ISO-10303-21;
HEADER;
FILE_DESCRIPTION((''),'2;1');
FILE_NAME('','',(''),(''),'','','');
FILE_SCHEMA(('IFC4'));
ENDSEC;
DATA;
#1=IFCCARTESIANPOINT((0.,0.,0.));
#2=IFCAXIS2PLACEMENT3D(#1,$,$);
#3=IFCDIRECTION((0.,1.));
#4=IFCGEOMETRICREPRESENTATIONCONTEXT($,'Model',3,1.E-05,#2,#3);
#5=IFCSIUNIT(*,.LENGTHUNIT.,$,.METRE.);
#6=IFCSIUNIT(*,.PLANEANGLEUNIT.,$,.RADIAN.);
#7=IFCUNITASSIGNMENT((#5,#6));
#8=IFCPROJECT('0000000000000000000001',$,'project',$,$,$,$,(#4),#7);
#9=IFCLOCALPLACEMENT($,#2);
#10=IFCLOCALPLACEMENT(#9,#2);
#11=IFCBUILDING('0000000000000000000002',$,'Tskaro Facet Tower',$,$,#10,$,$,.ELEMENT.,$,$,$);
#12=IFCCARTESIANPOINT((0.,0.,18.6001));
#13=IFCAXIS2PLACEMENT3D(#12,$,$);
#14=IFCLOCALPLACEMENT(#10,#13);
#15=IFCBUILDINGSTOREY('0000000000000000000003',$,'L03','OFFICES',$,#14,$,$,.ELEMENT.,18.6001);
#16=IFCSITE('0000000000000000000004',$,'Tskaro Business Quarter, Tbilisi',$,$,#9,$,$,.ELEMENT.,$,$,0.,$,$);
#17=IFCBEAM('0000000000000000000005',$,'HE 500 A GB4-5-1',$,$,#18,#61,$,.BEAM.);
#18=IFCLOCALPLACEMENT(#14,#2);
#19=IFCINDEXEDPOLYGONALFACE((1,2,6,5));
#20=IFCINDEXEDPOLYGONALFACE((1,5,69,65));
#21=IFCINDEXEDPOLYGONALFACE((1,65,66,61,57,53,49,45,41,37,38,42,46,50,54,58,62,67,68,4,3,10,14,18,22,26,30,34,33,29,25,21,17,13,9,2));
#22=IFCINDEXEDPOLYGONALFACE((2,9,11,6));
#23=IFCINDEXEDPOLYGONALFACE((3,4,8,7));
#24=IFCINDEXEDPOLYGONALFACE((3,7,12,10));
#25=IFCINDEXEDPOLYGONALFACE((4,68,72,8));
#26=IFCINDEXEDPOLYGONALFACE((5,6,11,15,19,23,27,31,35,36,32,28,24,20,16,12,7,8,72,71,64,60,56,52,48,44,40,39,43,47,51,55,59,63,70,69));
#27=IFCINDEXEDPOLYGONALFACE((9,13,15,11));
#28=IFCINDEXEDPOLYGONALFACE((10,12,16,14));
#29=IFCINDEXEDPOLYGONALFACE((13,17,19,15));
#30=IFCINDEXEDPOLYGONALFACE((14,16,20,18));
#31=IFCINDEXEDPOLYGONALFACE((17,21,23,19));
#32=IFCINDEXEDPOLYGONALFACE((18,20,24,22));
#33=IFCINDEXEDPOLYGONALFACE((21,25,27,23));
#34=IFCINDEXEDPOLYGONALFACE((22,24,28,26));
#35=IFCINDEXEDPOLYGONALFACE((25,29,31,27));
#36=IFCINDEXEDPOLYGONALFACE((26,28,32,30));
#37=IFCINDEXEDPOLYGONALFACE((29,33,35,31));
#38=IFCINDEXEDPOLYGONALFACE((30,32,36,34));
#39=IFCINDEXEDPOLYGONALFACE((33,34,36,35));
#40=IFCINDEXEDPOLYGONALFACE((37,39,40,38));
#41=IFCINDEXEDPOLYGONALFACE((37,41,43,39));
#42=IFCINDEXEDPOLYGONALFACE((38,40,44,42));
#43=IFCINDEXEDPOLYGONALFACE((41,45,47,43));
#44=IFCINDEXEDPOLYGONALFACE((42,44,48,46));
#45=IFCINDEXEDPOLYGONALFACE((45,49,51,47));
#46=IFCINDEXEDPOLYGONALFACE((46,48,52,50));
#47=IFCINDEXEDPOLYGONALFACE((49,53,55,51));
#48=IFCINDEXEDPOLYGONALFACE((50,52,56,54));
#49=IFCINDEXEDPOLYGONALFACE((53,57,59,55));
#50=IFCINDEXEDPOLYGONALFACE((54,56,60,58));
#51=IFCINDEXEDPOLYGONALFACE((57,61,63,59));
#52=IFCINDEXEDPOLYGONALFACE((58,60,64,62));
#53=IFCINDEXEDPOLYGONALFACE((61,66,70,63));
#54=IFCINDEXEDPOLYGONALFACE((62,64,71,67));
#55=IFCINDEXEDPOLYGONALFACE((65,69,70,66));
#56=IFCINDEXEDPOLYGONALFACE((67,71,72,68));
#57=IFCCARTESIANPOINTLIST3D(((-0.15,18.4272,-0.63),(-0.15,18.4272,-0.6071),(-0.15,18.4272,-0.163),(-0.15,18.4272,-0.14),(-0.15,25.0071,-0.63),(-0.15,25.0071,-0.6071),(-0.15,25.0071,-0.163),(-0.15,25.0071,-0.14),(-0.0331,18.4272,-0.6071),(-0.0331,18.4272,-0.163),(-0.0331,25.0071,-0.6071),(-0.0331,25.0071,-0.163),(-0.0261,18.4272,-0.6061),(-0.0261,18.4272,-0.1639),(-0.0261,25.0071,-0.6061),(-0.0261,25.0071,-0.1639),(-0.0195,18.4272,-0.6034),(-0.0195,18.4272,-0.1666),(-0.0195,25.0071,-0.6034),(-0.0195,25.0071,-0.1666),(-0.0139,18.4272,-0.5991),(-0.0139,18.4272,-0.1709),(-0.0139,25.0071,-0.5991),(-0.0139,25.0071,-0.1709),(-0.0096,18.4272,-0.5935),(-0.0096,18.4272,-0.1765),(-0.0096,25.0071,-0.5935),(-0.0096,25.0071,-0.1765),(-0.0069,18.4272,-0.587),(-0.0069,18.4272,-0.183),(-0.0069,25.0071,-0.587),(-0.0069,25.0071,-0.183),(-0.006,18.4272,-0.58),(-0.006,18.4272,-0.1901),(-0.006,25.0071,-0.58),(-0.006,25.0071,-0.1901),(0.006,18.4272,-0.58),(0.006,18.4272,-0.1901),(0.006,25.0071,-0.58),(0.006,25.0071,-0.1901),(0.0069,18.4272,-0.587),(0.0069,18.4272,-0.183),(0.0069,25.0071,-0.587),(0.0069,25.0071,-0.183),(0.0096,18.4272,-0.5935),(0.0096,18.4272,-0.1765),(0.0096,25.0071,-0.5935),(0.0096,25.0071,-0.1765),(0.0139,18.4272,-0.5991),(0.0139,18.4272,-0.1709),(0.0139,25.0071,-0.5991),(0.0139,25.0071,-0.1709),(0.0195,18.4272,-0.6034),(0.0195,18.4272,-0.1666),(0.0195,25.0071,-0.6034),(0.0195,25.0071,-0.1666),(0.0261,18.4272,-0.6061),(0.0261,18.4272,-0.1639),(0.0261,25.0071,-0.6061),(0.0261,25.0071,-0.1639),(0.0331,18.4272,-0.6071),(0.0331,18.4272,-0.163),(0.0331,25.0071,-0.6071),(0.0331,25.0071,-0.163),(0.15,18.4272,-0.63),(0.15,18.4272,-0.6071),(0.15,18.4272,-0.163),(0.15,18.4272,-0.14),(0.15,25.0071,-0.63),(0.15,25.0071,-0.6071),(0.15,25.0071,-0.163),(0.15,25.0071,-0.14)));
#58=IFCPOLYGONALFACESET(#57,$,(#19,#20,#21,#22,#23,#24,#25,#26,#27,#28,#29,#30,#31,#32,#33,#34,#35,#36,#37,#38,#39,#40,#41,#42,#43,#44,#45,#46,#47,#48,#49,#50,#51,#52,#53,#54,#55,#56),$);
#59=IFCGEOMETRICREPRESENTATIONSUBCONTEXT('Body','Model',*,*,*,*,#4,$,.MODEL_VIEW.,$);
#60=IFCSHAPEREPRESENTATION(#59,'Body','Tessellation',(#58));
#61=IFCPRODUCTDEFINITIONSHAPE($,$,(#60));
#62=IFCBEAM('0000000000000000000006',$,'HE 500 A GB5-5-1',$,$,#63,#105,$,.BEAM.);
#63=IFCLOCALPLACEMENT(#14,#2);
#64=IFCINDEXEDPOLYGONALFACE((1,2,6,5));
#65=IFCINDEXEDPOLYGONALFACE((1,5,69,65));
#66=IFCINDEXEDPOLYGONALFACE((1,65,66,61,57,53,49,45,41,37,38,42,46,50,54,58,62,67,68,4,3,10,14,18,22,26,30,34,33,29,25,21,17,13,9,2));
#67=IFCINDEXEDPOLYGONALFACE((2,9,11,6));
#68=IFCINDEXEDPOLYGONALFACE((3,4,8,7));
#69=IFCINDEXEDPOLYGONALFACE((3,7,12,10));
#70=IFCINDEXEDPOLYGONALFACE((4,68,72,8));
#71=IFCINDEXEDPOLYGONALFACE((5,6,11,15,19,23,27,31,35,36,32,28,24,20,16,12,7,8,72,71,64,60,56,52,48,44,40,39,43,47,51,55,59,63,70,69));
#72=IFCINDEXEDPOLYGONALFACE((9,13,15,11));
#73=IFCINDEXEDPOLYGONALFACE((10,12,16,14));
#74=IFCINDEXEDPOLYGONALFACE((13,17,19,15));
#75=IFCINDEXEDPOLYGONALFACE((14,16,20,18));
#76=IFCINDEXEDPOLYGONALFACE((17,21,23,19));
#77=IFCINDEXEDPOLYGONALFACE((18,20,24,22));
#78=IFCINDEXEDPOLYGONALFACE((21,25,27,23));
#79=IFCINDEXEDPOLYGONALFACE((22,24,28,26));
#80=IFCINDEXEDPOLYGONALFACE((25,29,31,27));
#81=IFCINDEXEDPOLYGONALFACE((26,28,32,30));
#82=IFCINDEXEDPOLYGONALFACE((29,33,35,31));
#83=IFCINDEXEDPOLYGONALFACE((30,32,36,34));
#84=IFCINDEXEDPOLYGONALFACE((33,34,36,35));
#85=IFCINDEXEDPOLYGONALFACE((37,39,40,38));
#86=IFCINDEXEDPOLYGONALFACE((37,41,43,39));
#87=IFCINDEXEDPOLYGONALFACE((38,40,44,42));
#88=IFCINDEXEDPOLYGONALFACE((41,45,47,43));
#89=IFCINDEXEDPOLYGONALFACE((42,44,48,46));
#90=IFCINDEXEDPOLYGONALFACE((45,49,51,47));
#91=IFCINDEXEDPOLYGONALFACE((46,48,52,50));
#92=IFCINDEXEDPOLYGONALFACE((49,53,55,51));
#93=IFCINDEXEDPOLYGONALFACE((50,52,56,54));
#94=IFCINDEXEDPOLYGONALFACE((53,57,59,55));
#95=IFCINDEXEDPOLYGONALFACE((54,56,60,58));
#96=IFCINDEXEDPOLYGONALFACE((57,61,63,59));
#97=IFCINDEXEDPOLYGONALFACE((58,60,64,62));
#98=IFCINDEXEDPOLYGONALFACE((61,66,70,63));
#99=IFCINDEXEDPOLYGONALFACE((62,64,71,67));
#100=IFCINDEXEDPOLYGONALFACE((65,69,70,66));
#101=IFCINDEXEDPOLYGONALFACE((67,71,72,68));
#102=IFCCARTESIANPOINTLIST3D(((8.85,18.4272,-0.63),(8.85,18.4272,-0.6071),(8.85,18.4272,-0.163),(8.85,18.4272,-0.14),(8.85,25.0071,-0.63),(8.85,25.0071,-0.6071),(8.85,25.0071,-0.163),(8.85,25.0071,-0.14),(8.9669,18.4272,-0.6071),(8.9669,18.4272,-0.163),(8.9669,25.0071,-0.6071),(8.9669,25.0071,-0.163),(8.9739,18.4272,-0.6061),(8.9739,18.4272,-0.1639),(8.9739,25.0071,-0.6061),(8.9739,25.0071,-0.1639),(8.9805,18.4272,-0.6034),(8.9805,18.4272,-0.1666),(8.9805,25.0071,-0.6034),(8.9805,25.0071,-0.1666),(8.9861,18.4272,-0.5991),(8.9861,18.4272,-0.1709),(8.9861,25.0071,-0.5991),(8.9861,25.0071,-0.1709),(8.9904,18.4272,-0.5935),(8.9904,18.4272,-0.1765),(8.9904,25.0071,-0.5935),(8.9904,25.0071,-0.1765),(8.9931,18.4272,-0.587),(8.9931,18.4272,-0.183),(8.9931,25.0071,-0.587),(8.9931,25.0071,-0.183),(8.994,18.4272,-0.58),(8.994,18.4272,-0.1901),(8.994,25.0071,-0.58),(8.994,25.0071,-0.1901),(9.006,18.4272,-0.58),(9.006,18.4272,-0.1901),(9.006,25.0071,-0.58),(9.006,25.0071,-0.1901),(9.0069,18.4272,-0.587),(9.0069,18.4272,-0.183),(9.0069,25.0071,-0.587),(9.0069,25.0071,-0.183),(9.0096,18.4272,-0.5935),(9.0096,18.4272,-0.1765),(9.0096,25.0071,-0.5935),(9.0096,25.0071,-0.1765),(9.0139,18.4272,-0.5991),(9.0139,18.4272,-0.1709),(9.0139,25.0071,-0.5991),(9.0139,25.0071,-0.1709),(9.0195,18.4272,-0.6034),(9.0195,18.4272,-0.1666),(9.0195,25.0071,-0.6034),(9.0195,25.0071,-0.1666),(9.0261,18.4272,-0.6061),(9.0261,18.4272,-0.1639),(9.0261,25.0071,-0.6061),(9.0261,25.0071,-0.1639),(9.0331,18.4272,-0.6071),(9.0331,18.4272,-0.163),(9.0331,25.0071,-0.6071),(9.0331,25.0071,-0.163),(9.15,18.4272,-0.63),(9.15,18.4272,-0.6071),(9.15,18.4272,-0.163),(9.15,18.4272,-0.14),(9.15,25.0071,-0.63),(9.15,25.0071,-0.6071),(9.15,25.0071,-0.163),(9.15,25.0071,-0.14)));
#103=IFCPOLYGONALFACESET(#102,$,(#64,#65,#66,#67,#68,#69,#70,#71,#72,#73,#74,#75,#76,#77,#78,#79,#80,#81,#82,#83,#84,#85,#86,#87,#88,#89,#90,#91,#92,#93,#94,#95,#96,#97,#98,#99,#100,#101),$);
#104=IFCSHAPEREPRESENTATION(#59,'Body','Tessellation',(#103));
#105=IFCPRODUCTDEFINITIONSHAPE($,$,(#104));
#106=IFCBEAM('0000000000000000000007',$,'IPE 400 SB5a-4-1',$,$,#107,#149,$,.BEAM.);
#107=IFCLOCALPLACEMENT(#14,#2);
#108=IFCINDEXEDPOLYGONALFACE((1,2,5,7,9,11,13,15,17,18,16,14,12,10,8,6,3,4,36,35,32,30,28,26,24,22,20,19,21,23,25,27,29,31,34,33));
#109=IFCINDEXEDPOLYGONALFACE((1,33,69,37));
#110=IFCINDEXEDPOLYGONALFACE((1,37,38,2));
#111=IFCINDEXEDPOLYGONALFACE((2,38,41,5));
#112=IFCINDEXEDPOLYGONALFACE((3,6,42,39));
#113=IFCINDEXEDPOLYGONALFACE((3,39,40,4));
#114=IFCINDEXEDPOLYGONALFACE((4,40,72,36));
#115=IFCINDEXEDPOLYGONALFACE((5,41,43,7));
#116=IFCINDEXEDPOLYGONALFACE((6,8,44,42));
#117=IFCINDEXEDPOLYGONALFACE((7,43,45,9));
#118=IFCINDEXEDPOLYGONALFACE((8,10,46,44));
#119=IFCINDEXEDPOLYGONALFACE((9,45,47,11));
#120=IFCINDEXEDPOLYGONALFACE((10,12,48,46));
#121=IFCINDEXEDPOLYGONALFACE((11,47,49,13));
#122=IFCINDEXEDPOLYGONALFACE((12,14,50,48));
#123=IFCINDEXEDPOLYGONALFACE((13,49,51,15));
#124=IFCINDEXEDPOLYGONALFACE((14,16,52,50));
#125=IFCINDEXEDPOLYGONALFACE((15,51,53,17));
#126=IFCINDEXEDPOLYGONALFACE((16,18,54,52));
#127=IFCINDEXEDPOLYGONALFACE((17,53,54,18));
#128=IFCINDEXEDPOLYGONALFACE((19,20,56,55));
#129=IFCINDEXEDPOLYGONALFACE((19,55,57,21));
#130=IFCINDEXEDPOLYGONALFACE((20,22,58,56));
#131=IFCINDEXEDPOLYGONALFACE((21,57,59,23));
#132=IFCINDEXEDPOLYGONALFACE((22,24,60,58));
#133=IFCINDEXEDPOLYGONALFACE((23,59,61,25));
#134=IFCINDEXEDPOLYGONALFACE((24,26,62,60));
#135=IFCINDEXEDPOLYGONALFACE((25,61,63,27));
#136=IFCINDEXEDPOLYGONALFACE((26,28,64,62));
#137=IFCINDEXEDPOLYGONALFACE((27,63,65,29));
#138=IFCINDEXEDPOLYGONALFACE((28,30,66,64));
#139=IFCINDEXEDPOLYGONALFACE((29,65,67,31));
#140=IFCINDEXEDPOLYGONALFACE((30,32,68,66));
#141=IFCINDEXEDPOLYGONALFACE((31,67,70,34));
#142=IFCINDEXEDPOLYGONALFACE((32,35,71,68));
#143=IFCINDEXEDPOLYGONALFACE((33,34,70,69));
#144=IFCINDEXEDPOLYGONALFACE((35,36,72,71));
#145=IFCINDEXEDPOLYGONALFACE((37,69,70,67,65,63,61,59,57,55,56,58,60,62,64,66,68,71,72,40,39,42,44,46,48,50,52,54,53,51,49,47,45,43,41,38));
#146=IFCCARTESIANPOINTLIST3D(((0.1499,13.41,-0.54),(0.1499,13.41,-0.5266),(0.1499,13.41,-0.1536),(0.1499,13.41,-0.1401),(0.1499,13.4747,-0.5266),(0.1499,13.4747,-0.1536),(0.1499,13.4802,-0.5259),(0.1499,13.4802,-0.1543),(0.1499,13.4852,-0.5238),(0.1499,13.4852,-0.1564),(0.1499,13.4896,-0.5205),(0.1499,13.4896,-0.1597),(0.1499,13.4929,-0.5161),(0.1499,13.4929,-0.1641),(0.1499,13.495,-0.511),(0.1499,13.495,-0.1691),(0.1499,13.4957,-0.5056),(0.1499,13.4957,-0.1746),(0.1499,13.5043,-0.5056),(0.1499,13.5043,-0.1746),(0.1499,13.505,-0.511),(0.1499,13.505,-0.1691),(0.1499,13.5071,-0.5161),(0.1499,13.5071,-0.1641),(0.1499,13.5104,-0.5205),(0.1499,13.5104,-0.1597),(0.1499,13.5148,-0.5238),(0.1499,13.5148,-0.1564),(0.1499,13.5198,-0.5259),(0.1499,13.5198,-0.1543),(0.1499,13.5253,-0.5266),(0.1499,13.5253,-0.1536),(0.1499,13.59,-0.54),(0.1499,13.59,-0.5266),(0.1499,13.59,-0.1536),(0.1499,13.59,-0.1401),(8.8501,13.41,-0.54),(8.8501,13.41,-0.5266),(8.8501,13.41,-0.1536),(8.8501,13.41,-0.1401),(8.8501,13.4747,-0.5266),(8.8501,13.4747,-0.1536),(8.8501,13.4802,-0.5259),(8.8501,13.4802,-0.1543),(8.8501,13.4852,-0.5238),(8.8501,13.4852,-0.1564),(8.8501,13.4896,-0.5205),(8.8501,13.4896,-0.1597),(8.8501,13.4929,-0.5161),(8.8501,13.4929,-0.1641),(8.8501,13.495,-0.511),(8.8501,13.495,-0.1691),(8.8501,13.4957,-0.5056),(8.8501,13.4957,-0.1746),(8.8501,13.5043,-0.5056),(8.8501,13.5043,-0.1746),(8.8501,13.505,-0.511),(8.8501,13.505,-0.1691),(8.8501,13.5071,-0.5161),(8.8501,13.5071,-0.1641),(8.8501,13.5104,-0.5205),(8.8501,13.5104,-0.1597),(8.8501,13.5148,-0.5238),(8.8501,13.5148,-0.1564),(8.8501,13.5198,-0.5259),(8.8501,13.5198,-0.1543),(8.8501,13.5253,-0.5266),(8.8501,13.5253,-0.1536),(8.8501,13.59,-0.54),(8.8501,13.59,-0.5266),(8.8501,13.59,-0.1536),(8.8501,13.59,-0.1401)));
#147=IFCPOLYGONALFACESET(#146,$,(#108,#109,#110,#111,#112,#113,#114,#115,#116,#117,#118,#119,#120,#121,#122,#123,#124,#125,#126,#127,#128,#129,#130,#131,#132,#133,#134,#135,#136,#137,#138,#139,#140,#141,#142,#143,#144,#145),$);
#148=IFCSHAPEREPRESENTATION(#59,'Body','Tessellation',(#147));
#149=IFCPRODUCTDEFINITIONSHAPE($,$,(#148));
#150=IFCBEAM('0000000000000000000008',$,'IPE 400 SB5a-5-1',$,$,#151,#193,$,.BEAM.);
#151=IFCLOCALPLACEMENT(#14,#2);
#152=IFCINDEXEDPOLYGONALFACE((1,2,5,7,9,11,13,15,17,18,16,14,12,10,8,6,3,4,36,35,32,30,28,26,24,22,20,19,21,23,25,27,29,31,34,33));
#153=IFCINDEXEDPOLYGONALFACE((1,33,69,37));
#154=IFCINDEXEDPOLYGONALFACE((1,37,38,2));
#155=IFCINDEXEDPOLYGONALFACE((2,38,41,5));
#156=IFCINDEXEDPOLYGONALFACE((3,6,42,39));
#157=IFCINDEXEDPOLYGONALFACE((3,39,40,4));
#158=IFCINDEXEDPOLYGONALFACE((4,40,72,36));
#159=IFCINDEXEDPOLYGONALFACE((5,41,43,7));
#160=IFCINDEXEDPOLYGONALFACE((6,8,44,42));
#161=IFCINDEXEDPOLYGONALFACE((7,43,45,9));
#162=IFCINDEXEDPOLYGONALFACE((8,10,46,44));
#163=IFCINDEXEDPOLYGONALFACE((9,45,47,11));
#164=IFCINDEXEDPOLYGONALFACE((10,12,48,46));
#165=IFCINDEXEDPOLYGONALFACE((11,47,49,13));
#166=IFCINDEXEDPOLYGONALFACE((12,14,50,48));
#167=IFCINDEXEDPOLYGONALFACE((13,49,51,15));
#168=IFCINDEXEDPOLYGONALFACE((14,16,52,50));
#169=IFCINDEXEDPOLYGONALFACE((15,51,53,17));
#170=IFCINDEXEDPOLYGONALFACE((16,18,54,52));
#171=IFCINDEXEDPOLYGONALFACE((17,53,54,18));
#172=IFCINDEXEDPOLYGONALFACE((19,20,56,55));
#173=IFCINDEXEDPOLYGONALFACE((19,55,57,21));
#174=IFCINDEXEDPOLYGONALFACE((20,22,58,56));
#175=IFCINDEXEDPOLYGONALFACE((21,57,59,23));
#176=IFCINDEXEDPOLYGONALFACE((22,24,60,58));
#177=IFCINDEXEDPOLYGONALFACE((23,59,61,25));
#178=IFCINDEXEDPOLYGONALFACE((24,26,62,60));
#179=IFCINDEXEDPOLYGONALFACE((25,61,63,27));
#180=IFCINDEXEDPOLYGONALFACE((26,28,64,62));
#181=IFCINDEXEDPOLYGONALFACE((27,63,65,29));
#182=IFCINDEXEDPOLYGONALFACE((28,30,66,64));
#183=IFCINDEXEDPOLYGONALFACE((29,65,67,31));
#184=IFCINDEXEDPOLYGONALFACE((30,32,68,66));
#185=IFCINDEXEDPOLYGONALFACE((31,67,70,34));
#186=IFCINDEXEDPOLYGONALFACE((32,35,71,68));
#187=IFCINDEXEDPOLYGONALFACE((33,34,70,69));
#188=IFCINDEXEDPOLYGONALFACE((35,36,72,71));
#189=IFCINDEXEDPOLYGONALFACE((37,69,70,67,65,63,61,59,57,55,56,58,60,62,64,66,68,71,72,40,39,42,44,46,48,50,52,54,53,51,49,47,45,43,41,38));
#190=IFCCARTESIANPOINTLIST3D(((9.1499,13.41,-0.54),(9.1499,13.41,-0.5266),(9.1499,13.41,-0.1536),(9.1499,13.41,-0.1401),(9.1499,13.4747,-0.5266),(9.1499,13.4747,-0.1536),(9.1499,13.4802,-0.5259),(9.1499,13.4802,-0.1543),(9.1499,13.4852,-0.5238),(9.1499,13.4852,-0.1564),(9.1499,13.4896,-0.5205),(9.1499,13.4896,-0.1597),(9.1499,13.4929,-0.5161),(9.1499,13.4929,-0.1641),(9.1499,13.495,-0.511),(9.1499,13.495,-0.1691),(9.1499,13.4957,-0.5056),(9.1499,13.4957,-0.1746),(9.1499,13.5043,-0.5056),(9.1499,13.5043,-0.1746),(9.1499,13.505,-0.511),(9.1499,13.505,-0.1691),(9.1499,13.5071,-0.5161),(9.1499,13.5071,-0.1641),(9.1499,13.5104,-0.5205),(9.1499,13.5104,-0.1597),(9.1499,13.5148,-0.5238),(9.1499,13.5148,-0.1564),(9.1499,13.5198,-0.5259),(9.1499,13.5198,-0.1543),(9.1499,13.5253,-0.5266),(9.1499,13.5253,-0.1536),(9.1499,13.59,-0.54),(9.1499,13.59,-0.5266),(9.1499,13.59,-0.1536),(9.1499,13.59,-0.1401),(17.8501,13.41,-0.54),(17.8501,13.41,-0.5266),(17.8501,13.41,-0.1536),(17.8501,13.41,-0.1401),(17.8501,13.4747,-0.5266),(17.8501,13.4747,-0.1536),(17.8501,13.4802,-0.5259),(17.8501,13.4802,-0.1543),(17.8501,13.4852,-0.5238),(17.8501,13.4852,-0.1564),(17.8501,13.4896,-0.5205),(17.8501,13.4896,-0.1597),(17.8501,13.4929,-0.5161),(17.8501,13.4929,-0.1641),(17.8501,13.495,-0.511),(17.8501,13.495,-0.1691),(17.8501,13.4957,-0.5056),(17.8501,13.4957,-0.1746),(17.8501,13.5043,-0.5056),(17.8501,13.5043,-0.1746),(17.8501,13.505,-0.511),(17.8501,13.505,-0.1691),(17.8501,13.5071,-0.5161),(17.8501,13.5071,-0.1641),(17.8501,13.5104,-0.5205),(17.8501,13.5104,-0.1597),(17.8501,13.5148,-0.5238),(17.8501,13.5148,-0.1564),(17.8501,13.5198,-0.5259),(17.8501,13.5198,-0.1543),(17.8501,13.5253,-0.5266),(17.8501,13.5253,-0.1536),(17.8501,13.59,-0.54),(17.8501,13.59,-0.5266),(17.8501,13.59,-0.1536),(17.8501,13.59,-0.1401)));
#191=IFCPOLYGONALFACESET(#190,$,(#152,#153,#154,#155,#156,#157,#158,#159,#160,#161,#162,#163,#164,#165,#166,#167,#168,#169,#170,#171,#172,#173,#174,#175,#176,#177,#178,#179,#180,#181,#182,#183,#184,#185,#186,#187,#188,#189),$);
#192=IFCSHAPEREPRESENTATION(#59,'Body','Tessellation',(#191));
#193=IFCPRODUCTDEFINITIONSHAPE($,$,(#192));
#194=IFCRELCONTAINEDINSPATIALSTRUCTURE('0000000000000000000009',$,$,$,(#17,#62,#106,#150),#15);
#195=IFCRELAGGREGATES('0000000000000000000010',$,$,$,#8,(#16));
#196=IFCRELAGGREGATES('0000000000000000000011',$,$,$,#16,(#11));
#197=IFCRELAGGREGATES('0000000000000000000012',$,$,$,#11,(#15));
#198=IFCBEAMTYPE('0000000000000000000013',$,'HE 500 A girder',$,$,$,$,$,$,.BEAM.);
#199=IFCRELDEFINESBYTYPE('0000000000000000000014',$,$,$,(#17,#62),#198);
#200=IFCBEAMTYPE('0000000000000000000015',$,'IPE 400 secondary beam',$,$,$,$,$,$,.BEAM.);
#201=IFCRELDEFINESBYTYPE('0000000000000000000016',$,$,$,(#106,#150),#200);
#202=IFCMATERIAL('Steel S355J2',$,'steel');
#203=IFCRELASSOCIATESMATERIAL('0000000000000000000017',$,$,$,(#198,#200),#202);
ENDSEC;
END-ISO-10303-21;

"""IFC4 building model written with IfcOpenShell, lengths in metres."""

from ifc_helpers import new_model, si_unit, direction, frame, origin, origin_2d, place, context, subcontext, project, spatial, i_section, extrude, material, material_profile, profile_set, type_object, element, save


model = new_model("IFC4")

# Units and contexts
model_context = context("Model", 3, precision=1e-05, world=origin(), true_north=direction((0.0, 1.0)))
body_context = subcontext(model_context, "Body", "Model", "MODEL_VIEW")
ifc_project = project(units=[si_unit("LENGTHUNIT", "METRE"), si_unit("PLANEANGLEUNIT", "RADIAN")], contexts=[model_context])

# Site, building, storey
site_placement = place(None, origin())
site = spatial("IfcSite", under=ifc_project, at=site_placement, Name="Tskaro Business Quarter, Tbilisi", CompositionType="ELEMENT", RefElevation=0.0)
building_placement = place(site_placement, origin())
building = spatial("IfcBuilding", under=site, at=building_placement, Name="Tskaro Facet Tower", CompositionType="ELEMENT")
storey_placement = place(building_placement, frame((0.0, 0.0, 18.6001)))
storey = spatial("IfcBuildingStorey", under=building, at=storey_placement, Name="L03", Description="OFFICES", CompositionType="ELEMENT", Elevation=18.6001)

# Beams
ifc_material_1 = material(Name="Steel S355J2", Category="steel")
ifc_material_profile_1 = material_profile(ifc_material_1, i_section(OverallWidth=0.3, OverallDepth=0.49, WebThickness=0.012, FlangeThickness=0.0229, FilletRadius=0.0271, at=origin_2d()), Name="HE 500 A")
ifc_profile_set_1 = profile_set([ifc_material_profile_1], Name="Steel S355J2")
beam_type_1 = type_object("IfcBeamType", Name="HE 500 A girder", PredefinedType="BEAM", material=ifc_profile_set_1)
for number, where, z_axis, x_axis, name in (
    (1, (0.0, 18.4272, -0.385), (0.0, 1.0, 0.0), (-1.0, 0.0, 0.0), "HE 500 A GB4-5-1"),
    (2, (9.0, 18.4272, -0.385), (0.0, 1.0, 0.0), (-1.0, 0.0, 0.0), "HE 500 A GB5-5-1"),
):
    element("IfcBeam", number, at=place(storey_placement, frame(where, z_axis=z_axis, x_axis=x_axis)), inside=storey, type_object=beam_type_1, Name=name, PredefinedType="BEAM", context=body_context, shape_type="SweptSolid", body=[
        extrude(i_section(OverallWidth=0.3, OverallDepth=0.49, WebThickness=0.012, FlangeThickness=0.0229, FilletRadius=0.0271, at=origin_2d()), origin(), (0.0, 0.0, 1.0), 6.5798),
    ])
ifc_material_profile_2 = material_profile(ifc_material_1, i_section(OverallWidth=0.1799, OverallDepth=0.3999, WebThickness=0.0085, FlangeThickness=0.0134, FilletRadius=0.021, at=origin_2d()), Name="IPE 400")
ifc_profile_set_2 = profile_set([ifc_material_profile_2], Name="Steel S355J2")
beam_type_2 = type_object("IfcBeamType", Name="IPE 400 secondary beam", PredefinedType="BEAM", material=ifc_profile_set_2)
for number, where, z_axis, x_axis, name in (
    (3, (0.1499, 13.5, -0.3401), (1.0, 0.0, 0.0), (0.0, 1.0, 0.0), "IPE 400 SB5a-4-1"),
    (4, (9.1499, 13.5, -0.3401), (1.0, 0.0, 0.0), (0.0, 1.0, 0.0), "IPE 400 SB5a-5-1"),
):
    element("IfcBeam", number, at=place(storey_placement, frame(where, z_axis=z_axis, x_axis=x_axis)), inside=storey, type_object=beam_type_2, Name=name, PredefinedType="BEAM", context=body_context, shape_type="SweptSolid", body=[
        extrude(i_section(OverallWidth=0.1799, OverallDepth=0.3999, WebThickness=0.0085, FlangeThickness=0.0134, FilletRadius=0.021, at=origin_2d()), origin(), (0.0, 0.0, 1.0), 8.7002),
    ])

save(model, "model.ifc")
